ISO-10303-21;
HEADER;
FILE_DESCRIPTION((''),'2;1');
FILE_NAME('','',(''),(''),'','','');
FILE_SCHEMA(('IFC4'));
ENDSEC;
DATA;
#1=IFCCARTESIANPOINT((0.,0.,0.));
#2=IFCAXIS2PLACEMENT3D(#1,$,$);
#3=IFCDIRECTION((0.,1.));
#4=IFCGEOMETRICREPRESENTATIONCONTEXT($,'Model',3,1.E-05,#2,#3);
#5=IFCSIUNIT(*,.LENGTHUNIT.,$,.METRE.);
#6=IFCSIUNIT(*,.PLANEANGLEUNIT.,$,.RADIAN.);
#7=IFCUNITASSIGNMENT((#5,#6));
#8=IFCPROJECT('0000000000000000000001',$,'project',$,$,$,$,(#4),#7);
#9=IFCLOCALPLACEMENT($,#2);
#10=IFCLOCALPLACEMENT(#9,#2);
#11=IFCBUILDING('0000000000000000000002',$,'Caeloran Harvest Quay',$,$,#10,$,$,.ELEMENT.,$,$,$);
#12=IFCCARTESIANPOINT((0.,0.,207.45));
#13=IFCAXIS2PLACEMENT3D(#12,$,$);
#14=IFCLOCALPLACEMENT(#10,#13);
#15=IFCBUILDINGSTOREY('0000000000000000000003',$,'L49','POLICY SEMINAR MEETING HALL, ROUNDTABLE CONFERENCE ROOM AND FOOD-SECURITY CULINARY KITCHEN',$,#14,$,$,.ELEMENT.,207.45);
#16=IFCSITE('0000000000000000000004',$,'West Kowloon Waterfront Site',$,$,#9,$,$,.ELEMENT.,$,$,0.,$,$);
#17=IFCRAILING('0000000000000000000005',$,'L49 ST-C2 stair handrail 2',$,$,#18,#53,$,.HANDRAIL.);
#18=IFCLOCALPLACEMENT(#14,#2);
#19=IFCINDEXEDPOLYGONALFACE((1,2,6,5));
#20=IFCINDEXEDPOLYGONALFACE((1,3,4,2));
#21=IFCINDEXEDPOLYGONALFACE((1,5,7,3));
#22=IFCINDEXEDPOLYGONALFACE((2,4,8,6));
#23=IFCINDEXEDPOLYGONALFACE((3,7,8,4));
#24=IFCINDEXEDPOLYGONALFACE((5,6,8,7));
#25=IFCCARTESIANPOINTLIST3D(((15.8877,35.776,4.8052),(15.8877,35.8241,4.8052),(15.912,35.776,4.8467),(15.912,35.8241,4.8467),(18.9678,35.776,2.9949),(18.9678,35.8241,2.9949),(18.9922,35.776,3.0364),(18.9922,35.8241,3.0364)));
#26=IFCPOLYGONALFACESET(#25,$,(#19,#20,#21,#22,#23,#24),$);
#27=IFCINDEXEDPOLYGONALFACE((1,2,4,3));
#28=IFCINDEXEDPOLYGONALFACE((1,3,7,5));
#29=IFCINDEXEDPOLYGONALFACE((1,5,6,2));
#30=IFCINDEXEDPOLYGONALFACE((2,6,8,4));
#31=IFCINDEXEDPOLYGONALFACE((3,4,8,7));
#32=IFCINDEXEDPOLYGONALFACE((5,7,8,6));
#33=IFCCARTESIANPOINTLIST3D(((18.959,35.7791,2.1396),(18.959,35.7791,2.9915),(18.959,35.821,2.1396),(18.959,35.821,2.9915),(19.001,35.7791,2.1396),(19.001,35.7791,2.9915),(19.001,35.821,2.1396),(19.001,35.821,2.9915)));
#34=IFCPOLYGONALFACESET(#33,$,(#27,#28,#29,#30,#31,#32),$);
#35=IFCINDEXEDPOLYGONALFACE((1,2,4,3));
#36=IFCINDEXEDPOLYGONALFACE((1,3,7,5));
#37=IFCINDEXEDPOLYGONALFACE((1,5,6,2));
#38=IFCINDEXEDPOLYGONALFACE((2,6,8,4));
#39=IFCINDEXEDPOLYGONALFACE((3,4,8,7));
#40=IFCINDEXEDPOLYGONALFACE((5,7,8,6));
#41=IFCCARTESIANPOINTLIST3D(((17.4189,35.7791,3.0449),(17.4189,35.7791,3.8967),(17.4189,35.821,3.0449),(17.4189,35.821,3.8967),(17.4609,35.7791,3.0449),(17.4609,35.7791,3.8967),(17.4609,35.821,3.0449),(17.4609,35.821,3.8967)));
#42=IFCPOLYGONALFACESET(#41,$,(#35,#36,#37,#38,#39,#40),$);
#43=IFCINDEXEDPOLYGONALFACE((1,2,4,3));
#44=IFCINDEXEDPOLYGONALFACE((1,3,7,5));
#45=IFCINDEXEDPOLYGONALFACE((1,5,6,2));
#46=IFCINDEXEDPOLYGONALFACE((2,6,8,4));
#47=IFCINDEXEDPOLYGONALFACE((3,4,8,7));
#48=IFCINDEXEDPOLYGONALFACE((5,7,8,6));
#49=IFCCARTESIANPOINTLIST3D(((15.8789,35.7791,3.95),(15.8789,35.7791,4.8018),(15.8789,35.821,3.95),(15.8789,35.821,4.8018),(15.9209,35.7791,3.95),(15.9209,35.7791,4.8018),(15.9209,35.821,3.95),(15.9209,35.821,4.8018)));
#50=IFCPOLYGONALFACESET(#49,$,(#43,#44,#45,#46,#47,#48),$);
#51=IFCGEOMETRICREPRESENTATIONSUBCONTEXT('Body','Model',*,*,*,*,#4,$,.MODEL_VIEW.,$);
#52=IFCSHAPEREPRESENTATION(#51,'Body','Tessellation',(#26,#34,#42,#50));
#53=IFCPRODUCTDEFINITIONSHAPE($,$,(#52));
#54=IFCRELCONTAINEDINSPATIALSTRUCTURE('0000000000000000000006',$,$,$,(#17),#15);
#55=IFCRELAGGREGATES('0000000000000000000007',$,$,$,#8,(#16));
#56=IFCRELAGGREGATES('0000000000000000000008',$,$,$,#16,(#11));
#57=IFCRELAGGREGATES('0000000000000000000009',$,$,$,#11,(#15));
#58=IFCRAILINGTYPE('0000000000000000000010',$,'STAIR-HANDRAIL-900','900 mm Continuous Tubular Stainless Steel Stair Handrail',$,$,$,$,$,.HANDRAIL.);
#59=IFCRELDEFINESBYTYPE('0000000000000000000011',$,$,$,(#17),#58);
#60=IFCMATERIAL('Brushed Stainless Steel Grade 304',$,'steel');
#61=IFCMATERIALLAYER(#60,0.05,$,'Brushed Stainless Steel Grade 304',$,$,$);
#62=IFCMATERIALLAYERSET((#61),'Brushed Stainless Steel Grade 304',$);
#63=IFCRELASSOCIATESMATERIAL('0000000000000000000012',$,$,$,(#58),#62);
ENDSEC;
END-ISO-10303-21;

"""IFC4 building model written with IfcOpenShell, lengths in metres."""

from ifc_helpers import new_model, si_unit, direction, frame, origin, origin_2d, place, context, subcontext, project, spatial, rectangle, extrude, material, layer, layer_set, type_object, element, save


model = new_model("IFC4")

# Units and contexts
model_context = context("Model", 3, precision=1e-05, world=origin(), true_north=direction((0.0, 1.0)))
body_context = subcontext(model_context, "Body", "Model", "MODEL_VIEW")
ifc_project = project(units=[si_unit("LENGTHUNIT", "METRE"), si_unit("PLANEANGLEUNIT", "RADIAN")], contexts=[model_context])

# Site, building, storey
site_placement = place(None, origin())
site = spatial("IfcSite", under=ifc_project, at=site_placement, Name="West Kowloon Waterfront Site", CompositionType="ELEMENT", RefElevation=0.0)
building_placement = place(site_placement, origin())
building = spatial("IfcBuilding", under=site, at=building_placement, Name="Caeloran Harvest Quay", CompositionType="ELEMENT")
storey_placement = place(building_placement, frame((0.0, 0.0, 207.45)))
storey = spatial("IfcBuildingStorey", under=building, at=storey_placement, Name="L49", Description="POLICY SEMINAR MEETING HALL, ROUNDTABLE CONFERENCE ROOM AND FOOD-SECURITY CULINARY KITCHEN", CompositionType="ELEMENT", Elevation=207.45)

# Railing
ifc_material_1 = material(Name="Brushed Stainless Steel Grade 304", Category="steel")
ifc_layer_1 = layer(ifc_material_1, 0.05, Name="Brushed Stainless Steel Grade 304")
ifc_layer_set_1 = layer_set([ifc_layer_1], Name="Brushed Stainless Steel Grade 304")
railing_type_1 = type_object("IfcRailingType", Name="STAIR-HANDRAIL-900", Description="900 mm Continuous Tubular Stainless Steel Stair Handrail", PredefinedType="HANDRAIL", material=ifc_layer_set_1)
railing_1_placement = place(storey_placement, frame((18.98, 35.8, 2.1396)))
element("IfcRailing", 1, at=railing_1_placement, inside=storey, type_object=railing_type_1, Name="L49 ST-C2 stair handrail 2", PredefinedType="HANDRAIL", context=body_context, shape_type="SweptSolid", body=[
    extrude(rectangle(XDim=0.0481, YDim=0.0481, at=origin_2d()), frame((0.0, 0.0, 0.876), z_axis=(-0.862119, 0.0, 0.506707), x_axis=(0.0, -1.0, 0.0)), (0.0, 0.0, 1.0), 3.5728),
    extrude(rectangle(XDim=0.042, YDim=0.042, at=origin_2d()), origin(), (0.0, 0.0, 1.0), 0.8518),
    extrude(rectangle(XDim=0.042, YDim=0.042, at=origin_2d()), frame((-1.54, 0.0, 0.9053)), (0.0, 0.0, 1.0), 0.8518),
    extrude(rectangle(XDim=0.042, YDim=0.042, at=origin_2d()), frame((-3.0801, 0.0, 1.8103)), (0.0, 0.0, 1.0), 0.8518),
])

save(model, "model.ifc")
